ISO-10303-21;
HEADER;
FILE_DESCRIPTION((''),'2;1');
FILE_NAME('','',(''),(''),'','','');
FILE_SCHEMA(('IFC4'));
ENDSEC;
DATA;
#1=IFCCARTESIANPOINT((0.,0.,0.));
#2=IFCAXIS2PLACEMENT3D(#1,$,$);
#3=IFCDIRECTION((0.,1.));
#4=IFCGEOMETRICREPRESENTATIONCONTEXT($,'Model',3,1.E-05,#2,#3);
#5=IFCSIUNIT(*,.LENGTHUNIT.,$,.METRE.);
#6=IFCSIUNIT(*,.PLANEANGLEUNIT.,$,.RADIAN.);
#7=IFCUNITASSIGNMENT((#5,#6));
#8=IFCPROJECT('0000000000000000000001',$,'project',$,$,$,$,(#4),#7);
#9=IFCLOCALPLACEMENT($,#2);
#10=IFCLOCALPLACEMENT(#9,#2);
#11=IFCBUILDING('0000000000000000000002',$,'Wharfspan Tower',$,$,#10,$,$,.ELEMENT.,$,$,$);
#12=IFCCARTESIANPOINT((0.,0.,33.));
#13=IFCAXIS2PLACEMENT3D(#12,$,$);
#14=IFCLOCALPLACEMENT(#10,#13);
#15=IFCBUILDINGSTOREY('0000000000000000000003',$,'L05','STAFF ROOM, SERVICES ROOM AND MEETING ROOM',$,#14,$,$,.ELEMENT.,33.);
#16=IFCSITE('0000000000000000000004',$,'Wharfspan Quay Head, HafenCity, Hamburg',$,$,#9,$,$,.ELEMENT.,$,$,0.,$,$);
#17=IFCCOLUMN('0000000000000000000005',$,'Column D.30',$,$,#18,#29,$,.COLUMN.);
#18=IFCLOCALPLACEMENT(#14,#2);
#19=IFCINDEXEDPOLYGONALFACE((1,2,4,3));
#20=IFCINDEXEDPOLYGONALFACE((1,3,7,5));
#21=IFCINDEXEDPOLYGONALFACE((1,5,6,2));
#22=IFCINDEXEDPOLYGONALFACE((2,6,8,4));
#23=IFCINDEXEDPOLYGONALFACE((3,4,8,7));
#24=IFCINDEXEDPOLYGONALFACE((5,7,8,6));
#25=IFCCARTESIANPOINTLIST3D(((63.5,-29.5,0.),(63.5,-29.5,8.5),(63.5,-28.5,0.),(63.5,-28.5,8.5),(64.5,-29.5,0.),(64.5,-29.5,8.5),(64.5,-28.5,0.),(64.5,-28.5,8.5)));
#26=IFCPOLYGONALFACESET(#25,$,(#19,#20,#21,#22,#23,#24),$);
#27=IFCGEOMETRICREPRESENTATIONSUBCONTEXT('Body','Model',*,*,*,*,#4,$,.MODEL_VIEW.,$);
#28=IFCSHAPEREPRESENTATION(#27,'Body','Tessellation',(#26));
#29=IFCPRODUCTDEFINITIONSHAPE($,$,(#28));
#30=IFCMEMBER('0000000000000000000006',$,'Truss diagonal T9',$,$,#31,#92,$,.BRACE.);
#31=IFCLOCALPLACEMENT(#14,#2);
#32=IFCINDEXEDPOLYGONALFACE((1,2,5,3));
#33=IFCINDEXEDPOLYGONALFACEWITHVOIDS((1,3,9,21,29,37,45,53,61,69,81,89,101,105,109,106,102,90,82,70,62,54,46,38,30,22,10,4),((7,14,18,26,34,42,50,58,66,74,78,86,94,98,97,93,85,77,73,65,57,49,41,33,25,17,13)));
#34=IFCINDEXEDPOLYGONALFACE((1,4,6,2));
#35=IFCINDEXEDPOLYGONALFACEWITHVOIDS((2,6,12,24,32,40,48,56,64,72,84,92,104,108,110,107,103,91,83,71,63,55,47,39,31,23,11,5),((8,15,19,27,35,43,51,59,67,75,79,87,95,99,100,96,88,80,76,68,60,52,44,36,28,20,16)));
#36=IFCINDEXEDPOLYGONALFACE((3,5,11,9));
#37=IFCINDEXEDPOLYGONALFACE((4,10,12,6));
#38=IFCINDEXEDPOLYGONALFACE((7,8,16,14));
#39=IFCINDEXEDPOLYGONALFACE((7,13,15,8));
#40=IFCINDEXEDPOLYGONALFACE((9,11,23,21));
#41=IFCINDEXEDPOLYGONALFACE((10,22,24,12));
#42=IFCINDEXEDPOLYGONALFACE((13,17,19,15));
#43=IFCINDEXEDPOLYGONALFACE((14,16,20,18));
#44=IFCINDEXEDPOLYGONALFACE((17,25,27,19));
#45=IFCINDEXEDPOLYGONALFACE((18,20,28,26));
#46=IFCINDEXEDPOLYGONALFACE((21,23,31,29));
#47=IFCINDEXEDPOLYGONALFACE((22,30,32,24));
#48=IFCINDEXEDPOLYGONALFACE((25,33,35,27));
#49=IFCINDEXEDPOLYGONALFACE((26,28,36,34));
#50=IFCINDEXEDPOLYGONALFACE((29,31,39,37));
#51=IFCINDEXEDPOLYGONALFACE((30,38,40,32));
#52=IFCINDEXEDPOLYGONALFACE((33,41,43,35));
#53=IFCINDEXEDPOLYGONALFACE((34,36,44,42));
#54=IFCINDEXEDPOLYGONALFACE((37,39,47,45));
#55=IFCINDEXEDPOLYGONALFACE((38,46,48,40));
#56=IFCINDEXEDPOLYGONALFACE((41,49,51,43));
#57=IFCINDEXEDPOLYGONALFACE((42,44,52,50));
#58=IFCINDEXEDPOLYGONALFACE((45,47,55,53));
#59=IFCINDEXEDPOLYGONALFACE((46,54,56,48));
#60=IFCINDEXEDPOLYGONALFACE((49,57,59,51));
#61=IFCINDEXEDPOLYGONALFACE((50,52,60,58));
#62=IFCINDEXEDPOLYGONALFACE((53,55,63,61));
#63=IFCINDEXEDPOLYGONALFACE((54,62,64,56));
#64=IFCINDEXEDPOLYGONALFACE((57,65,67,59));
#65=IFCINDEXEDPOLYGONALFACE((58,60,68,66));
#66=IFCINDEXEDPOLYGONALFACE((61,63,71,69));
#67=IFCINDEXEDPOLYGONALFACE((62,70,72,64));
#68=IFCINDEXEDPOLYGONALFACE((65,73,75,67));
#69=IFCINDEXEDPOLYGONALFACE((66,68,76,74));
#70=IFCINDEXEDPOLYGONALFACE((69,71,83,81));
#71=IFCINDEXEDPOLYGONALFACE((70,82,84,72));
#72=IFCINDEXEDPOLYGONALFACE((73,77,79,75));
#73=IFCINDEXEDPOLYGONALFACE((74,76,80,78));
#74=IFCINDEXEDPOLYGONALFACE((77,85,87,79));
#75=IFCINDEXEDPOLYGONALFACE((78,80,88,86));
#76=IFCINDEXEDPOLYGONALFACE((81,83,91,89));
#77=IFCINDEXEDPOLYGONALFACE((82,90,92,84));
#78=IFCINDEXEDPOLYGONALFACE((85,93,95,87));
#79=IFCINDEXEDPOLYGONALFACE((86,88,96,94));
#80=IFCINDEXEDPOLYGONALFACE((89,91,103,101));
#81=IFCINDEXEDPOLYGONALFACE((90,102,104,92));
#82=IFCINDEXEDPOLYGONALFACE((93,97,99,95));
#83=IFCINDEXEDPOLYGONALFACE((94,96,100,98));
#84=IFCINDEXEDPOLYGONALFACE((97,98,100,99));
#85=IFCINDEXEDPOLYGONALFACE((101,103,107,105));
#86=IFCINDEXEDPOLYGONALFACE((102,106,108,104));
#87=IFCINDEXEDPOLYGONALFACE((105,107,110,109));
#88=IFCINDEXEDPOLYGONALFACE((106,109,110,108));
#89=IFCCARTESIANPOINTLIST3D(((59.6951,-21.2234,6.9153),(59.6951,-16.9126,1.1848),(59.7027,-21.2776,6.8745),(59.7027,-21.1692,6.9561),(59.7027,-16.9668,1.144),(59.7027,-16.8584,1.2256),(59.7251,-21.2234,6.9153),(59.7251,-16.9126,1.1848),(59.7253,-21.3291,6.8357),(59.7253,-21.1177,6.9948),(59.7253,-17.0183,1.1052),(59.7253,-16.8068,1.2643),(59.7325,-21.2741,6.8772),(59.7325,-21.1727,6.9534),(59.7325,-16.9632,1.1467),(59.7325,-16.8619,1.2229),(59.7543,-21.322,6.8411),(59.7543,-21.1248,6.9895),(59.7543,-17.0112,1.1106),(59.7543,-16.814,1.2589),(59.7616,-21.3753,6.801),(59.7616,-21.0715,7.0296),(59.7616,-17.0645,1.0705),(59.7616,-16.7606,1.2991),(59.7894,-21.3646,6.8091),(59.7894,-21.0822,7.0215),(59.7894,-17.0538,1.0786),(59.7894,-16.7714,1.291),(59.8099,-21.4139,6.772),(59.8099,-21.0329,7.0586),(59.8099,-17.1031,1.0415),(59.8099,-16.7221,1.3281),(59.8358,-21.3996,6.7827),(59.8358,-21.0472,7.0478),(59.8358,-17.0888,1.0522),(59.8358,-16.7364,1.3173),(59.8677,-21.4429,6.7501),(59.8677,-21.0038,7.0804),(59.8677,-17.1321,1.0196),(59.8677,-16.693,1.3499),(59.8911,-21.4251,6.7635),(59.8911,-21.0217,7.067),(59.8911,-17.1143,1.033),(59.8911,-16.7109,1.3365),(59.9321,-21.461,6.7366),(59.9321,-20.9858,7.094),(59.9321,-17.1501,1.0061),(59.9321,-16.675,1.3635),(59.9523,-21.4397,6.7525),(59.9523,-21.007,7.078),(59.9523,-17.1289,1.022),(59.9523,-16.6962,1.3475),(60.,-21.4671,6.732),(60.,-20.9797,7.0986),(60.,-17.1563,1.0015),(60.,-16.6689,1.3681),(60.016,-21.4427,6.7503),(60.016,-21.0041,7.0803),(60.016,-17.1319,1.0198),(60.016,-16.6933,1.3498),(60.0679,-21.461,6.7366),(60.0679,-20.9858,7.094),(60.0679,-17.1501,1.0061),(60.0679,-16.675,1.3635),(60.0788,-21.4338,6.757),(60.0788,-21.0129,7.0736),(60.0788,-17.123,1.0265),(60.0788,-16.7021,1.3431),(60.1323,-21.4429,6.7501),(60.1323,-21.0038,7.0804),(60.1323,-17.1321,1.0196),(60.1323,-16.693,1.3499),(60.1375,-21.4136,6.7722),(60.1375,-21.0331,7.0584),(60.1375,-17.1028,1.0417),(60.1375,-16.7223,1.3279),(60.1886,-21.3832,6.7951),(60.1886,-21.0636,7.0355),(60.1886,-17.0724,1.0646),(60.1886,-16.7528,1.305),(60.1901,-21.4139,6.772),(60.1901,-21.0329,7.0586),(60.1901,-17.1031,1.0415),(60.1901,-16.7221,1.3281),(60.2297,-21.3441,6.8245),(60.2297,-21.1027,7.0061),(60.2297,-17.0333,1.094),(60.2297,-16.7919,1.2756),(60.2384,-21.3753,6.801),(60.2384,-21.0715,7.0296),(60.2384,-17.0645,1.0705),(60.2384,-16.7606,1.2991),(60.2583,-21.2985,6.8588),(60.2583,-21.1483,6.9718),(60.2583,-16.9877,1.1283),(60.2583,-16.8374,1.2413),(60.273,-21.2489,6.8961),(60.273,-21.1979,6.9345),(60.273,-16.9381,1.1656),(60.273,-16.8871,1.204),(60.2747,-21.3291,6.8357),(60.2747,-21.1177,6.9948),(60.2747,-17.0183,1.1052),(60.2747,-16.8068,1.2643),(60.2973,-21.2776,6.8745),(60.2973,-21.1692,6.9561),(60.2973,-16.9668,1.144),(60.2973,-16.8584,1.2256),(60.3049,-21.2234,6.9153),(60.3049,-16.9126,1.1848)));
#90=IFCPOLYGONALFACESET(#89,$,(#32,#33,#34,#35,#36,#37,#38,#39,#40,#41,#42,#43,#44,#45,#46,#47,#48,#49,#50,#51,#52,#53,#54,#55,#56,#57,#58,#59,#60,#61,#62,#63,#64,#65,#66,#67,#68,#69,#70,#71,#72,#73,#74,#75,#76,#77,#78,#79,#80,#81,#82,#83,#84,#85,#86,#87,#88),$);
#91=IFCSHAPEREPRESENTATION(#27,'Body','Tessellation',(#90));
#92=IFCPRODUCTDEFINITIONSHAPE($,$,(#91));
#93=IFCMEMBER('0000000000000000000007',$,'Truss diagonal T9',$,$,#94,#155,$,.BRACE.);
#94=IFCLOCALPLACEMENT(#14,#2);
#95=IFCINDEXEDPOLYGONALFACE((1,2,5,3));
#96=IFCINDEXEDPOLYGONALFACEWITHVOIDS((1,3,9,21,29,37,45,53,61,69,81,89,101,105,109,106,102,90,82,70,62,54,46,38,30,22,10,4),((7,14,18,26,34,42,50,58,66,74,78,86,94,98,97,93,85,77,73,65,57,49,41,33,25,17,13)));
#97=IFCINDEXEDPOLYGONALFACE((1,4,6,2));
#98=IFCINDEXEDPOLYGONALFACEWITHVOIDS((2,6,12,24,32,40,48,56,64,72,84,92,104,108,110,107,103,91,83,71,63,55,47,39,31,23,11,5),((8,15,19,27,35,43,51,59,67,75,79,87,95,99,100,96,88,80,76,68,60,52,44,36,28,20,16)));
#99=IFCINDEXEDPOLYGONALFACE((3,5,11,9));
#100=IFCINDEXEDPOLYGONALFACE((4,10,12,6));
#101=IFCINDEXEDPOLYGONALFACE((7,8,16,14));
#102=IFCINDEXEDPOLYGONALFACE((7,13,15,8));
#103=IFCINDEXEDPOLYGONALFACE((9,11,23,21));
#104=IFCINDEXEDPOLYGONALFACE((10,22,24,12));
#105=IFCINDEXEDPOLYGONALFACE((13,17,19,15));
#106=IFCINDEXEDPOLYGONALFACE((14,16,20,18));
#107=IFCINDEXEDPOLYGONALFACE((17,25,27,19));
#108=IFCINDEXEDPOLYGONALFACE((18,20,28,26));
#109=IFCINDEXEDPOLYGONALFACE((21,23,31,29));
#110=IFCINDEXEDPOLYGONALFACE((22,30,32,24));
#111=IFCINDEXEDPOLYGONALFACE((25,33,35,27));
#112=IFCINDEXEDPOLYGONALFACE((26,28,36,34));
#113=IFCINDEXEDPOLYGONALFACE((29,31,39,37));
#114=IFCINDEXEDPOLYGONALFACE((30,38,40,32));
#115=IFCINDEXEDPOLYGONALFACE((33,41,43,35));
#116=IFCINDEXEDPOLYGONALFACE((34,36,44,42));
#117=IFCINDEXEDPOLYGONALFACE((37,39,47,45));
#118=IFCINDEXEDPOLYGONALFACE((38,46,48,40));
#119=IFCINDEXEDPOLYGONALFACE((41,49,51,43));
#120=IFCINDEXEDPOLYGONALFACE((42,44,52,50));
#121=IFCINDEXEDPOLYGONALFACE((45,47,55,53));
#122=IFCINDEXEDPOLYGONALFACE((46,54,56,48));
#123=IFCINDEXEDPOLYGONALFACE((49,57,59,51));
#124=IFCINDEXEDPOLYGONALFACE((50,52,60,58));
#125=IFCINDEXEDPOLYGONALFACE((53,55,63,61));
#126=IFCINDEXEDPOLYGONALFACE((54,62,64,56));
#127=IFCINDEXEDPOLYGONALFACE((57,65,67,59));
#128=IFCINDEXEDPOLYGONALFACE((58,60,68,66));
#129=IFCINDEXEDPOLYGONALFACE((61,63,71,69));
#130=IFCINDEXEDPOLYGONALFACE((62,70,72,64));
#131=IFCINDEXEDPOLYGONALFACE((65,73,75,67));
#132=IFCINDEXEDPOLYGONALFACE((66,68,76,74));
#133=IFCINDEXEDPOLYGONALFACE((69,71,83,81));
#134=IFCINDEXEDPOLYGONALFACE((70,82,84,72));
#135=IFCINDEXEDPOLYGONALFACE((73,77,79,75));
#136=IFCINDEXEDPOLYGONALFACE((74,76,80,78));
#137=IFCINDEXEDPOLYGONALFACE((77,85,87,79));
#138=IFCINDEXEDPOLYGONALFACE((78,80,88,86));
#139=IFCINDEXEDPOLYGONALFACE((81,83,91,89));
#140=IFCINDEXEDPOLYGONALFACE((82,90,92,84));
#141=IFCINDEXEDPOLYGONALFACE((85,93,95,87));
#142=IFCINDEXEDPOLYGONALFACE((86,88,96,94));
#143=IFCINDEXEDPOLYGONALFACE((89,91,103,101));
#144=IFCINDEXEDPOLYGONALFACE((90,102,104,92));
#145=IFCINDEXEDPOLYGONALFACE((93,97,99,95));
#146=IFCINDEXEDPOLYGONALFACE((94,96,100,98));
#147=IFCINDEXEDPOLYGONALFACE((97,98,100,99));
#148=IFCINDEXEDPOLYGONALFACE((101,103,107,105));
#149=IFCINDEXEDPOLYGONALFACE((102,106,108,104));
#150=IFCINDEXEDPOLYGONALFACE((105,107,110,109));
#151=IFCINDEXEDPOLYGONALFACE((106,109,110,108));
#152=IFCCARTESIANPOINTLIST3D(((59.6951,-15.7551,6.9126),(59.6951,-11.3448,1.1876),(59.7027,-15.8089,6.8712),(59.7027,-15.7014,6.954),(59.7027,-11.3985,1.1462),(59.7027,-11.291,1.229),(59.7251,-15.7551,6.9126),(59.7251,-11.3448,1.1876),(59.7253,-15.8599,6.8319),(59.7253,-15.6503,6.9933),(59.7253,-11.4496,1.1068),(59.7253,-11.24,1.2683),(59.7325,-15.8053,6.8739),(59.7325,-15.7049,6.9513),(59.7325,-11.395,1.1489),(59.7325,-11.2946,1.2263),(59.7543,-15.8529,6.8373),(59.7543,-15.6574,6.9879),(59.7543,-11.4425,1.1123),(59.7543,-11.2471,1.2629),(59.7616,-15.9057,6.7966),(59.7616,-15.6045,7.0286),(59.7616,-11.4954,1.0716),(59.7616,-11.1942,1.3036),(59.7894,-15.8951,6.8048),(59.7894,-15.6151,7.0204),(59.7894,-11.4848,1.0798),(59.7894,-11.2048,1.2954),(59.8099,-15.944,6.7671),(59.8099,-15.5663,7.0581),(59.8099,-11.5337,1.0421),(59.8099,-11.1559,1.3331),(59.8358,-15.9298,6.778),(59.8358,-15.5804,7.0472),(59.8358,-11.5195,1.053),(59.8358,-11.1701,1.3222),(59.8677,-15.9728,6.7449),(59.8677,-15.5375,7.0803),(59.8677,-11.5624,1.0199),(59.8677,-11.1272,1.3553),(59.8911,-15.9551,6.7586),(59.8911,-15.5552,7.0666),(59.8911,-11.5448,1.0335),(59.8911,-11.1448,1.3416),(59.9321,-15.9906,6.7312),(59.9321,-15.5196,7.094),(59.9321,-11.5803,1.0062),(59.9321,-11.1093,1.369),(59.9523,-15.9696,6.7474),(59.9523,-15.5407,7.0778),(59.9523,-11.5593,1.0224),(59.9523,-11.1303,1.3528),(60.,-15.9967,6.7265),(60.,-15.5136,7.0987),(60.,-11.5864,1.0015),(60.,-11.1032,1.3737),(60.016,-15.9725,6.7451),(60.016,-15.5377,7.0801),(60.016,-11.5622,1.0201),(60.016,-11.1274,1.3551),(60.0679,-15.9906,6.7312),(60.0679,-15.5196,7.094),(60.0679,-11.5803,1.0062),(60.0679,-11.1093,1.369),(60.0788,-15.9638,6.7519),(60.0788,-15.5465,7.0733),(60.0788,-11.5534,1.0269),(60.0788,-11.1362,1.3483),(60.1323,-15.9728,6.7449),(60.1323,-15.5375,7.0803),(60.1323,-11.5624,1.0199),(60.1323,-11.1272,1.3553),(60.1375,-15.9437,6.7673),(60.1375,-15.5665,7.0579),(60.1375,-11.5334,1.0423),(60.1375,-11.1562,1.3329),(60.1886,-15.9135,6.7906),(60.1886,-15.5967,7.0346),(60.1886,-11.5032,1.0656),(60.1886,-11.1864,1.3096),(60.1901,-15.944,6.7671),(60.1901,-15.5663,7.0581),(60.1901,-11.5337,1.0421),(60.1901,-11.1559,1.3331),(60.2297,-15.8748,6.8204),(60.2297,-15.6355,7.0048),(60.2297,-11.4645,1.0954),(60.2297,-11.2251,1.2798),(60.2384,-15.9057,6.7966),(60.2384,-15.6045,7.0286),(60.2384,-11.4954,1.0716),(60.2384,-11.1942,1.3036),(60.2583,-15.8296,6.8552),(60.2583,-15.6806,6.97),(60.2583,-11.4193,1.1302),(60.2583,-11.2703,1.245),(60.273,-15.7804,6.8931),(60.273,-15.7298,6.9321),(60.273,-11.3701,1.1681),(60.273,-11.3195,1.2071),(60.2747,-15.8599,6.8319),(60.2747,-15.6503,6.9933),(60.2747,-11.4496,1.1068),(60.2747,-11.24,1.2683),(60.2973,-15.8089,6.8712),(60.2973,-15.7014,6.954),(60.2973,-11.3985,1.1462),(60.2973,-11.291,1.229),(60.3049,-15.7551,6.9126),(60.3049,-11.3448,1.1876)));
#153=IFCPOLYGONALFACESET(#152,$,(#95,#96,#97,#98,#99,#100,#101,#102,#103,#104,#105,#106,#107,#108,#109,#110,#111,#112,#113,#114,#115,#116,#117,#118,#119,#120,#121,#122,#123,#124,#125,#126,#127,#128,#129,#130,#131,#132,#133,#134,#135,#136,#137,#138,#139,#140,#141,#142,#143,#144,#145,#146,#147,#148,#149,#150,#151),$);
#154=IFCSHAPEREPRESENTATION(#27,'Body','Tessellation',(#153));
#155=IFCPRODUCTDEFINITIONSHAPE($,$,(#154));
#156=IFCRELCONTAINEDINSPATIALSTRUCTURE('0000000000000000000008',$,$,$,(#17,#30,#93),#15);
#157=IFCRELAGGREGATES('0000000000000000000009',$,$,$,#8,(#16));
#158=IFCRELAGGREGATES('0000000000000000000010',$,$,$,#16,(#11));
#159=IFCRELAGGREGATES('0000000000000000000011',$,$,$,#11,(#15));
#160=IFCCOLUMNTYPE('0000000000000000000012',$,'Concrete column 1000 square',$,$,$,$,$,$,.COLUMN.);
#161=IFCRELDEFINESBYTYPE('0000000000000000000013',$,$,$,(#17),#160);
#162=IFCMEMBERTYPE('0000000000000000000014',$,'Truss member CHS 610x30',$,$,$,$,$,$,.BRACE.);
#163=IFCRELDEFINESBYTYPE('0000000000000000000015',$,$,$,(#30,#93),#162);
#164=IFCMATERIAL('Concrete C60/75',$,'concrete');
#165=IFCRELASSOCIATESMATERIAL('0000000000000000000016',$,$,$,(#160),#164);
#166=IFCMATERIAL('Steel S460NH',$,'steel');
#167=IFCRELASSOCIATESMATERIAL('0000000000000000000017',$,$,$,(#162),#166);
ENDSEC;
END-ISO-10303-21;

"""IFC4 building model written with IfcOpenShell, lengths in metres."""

from ifc_helpers import new_model, si_unit, direction, frame, origin, origin_2d, place, context, subcontext, project, spatial, rectangle, hollow_circle, extrude, material, material_profile, profile_set, type_object, element, save


model = new_model("IFC4")

# Units and contexts
model_context = context("Model", 3, precision=1e-05, world=origin(), true_north=direction((0.0, 1.0)))
body_context = subcontext(model_context, "Body", "Model", "MODEL_VIEW")
ifc_project = project(units=[si_unit("LENGTHUNIT", "METRE"), si_unit("PLANEANGLEUNIT", "RADIAN")], contexts=[model_context])

# Site, building, storey
site_placement = place(None, origin())
site = spatial("IfcSite", under=ifc_project, at=site_placement, Name="Wharfspan Quay Head, HafenCity, Hamburg", CompositionType="ELEMENT", RefElevation=0.0)
building_placement = place(site_placement, origin())
building = spatial("IfcBuilding", under=site, at=building_placement, Name="Wharfspan Tower", CompositionType="ELEMENT")
storey_placement = place(building_placement, frame((0.0, 0.0, 33.0)))
storey = spatial("IfcBuildingStorey", under=building, at=storey_placement, Name="L05", Description="STAFF ROOM, SERVICES ROOM AND MEETING ROOM", CompositionType="ELEMENT", Elevation=33.0)

# Column
ifc_material_1 = material(Name="Concrete C60/75", Category="concrete")
ifc_material_profile_1 = material_profile(ifc_material_1, rectangle(XDim=1.0, YDim=1.0, at=origin_2d()))
ifc_profile_set_1 = profile_set([ifc_material_profile_1], Name="Concrete C60/75")
column_type = type_object("IfcColumnType", Name="Concrete column 1000 square", PredefinedType="COLUMN", material=ifc_profile_set_1)
column_placement = place(storey_placement, frame((64.0, -29.0, 0.0), z_axis=(0.0, 0.0, 1.0), x_axis=(1.0, 0.0, 0.0)))
element("IfcColumn", 1, at=column_placement, inside=storey, type_object=column_type, Name="Column D.30", PredefinedType="COLUMN", context=body_context, shape_type="SweptSolid", body=[
    extrude(rectangle(XDim=1.0, YDim=1.0, at=origin_2d()), origin(), (0.0, 0.0, 1.0), 8.5),
])

# Members
ifc_material_2 = material(Name="Steel S460NH", Category="steel")
ifc_material_profile_2 = material_profile(ifc_material_2, hollow_circle(Radius=0.3049, WallThickness=0.03, at=origin_2d()))
ifc_profile_set_2 = profile_set([ifc_material_profile_2], Name="Steel S460NH")
member_type_1 = type_object("IfcMemberType", Name="Truss member CHS 610x30", PredefinedType="BRACE", material=ifc_profile_set_2)
member_1_placement = place(storey_placement, frame((60.0, -21.2234, 6.9153), z_axis=(0.0, 0.601154, -0.799133), x_axis=(-1.0, 0.0, 0.0)))
element("IfcMember", 2, at=member_1_placement, inside=storey, type_object=member_type_1, Name="Truss diagonal T9", PredefinedType="BRACE", context=body_context, shape_type="SweptSolid", body=[
    extrude(hollow_circle(Radius=0.3049, WallThickness=0.03, at=origin_2d()), origin(), (0.0, 0.0, 1.0), 7.1709),
])
member_2_placement = place(storey_placement, frame((60.0, -15.7551, 6.9126), z_axis=(0.0, 0.610274, -0.792191), x_axis=(-1.0, 0.0, 0.0)))
element("IfcMember", 3, at=member_2_placement, inside=storey, type_object=member_type_1, Name="Truss diagonal T9", PredefinedType="BRACE", context=body_context, shape_type="SweptSolid", body=[
    extrude(hollow_circle(Radius=0.3049, WallThickness=0.03, at=origin_2d()), origin(), (0.0, 0.0, 1.0), 7.2268),
])

save(model, "model.ifc")
